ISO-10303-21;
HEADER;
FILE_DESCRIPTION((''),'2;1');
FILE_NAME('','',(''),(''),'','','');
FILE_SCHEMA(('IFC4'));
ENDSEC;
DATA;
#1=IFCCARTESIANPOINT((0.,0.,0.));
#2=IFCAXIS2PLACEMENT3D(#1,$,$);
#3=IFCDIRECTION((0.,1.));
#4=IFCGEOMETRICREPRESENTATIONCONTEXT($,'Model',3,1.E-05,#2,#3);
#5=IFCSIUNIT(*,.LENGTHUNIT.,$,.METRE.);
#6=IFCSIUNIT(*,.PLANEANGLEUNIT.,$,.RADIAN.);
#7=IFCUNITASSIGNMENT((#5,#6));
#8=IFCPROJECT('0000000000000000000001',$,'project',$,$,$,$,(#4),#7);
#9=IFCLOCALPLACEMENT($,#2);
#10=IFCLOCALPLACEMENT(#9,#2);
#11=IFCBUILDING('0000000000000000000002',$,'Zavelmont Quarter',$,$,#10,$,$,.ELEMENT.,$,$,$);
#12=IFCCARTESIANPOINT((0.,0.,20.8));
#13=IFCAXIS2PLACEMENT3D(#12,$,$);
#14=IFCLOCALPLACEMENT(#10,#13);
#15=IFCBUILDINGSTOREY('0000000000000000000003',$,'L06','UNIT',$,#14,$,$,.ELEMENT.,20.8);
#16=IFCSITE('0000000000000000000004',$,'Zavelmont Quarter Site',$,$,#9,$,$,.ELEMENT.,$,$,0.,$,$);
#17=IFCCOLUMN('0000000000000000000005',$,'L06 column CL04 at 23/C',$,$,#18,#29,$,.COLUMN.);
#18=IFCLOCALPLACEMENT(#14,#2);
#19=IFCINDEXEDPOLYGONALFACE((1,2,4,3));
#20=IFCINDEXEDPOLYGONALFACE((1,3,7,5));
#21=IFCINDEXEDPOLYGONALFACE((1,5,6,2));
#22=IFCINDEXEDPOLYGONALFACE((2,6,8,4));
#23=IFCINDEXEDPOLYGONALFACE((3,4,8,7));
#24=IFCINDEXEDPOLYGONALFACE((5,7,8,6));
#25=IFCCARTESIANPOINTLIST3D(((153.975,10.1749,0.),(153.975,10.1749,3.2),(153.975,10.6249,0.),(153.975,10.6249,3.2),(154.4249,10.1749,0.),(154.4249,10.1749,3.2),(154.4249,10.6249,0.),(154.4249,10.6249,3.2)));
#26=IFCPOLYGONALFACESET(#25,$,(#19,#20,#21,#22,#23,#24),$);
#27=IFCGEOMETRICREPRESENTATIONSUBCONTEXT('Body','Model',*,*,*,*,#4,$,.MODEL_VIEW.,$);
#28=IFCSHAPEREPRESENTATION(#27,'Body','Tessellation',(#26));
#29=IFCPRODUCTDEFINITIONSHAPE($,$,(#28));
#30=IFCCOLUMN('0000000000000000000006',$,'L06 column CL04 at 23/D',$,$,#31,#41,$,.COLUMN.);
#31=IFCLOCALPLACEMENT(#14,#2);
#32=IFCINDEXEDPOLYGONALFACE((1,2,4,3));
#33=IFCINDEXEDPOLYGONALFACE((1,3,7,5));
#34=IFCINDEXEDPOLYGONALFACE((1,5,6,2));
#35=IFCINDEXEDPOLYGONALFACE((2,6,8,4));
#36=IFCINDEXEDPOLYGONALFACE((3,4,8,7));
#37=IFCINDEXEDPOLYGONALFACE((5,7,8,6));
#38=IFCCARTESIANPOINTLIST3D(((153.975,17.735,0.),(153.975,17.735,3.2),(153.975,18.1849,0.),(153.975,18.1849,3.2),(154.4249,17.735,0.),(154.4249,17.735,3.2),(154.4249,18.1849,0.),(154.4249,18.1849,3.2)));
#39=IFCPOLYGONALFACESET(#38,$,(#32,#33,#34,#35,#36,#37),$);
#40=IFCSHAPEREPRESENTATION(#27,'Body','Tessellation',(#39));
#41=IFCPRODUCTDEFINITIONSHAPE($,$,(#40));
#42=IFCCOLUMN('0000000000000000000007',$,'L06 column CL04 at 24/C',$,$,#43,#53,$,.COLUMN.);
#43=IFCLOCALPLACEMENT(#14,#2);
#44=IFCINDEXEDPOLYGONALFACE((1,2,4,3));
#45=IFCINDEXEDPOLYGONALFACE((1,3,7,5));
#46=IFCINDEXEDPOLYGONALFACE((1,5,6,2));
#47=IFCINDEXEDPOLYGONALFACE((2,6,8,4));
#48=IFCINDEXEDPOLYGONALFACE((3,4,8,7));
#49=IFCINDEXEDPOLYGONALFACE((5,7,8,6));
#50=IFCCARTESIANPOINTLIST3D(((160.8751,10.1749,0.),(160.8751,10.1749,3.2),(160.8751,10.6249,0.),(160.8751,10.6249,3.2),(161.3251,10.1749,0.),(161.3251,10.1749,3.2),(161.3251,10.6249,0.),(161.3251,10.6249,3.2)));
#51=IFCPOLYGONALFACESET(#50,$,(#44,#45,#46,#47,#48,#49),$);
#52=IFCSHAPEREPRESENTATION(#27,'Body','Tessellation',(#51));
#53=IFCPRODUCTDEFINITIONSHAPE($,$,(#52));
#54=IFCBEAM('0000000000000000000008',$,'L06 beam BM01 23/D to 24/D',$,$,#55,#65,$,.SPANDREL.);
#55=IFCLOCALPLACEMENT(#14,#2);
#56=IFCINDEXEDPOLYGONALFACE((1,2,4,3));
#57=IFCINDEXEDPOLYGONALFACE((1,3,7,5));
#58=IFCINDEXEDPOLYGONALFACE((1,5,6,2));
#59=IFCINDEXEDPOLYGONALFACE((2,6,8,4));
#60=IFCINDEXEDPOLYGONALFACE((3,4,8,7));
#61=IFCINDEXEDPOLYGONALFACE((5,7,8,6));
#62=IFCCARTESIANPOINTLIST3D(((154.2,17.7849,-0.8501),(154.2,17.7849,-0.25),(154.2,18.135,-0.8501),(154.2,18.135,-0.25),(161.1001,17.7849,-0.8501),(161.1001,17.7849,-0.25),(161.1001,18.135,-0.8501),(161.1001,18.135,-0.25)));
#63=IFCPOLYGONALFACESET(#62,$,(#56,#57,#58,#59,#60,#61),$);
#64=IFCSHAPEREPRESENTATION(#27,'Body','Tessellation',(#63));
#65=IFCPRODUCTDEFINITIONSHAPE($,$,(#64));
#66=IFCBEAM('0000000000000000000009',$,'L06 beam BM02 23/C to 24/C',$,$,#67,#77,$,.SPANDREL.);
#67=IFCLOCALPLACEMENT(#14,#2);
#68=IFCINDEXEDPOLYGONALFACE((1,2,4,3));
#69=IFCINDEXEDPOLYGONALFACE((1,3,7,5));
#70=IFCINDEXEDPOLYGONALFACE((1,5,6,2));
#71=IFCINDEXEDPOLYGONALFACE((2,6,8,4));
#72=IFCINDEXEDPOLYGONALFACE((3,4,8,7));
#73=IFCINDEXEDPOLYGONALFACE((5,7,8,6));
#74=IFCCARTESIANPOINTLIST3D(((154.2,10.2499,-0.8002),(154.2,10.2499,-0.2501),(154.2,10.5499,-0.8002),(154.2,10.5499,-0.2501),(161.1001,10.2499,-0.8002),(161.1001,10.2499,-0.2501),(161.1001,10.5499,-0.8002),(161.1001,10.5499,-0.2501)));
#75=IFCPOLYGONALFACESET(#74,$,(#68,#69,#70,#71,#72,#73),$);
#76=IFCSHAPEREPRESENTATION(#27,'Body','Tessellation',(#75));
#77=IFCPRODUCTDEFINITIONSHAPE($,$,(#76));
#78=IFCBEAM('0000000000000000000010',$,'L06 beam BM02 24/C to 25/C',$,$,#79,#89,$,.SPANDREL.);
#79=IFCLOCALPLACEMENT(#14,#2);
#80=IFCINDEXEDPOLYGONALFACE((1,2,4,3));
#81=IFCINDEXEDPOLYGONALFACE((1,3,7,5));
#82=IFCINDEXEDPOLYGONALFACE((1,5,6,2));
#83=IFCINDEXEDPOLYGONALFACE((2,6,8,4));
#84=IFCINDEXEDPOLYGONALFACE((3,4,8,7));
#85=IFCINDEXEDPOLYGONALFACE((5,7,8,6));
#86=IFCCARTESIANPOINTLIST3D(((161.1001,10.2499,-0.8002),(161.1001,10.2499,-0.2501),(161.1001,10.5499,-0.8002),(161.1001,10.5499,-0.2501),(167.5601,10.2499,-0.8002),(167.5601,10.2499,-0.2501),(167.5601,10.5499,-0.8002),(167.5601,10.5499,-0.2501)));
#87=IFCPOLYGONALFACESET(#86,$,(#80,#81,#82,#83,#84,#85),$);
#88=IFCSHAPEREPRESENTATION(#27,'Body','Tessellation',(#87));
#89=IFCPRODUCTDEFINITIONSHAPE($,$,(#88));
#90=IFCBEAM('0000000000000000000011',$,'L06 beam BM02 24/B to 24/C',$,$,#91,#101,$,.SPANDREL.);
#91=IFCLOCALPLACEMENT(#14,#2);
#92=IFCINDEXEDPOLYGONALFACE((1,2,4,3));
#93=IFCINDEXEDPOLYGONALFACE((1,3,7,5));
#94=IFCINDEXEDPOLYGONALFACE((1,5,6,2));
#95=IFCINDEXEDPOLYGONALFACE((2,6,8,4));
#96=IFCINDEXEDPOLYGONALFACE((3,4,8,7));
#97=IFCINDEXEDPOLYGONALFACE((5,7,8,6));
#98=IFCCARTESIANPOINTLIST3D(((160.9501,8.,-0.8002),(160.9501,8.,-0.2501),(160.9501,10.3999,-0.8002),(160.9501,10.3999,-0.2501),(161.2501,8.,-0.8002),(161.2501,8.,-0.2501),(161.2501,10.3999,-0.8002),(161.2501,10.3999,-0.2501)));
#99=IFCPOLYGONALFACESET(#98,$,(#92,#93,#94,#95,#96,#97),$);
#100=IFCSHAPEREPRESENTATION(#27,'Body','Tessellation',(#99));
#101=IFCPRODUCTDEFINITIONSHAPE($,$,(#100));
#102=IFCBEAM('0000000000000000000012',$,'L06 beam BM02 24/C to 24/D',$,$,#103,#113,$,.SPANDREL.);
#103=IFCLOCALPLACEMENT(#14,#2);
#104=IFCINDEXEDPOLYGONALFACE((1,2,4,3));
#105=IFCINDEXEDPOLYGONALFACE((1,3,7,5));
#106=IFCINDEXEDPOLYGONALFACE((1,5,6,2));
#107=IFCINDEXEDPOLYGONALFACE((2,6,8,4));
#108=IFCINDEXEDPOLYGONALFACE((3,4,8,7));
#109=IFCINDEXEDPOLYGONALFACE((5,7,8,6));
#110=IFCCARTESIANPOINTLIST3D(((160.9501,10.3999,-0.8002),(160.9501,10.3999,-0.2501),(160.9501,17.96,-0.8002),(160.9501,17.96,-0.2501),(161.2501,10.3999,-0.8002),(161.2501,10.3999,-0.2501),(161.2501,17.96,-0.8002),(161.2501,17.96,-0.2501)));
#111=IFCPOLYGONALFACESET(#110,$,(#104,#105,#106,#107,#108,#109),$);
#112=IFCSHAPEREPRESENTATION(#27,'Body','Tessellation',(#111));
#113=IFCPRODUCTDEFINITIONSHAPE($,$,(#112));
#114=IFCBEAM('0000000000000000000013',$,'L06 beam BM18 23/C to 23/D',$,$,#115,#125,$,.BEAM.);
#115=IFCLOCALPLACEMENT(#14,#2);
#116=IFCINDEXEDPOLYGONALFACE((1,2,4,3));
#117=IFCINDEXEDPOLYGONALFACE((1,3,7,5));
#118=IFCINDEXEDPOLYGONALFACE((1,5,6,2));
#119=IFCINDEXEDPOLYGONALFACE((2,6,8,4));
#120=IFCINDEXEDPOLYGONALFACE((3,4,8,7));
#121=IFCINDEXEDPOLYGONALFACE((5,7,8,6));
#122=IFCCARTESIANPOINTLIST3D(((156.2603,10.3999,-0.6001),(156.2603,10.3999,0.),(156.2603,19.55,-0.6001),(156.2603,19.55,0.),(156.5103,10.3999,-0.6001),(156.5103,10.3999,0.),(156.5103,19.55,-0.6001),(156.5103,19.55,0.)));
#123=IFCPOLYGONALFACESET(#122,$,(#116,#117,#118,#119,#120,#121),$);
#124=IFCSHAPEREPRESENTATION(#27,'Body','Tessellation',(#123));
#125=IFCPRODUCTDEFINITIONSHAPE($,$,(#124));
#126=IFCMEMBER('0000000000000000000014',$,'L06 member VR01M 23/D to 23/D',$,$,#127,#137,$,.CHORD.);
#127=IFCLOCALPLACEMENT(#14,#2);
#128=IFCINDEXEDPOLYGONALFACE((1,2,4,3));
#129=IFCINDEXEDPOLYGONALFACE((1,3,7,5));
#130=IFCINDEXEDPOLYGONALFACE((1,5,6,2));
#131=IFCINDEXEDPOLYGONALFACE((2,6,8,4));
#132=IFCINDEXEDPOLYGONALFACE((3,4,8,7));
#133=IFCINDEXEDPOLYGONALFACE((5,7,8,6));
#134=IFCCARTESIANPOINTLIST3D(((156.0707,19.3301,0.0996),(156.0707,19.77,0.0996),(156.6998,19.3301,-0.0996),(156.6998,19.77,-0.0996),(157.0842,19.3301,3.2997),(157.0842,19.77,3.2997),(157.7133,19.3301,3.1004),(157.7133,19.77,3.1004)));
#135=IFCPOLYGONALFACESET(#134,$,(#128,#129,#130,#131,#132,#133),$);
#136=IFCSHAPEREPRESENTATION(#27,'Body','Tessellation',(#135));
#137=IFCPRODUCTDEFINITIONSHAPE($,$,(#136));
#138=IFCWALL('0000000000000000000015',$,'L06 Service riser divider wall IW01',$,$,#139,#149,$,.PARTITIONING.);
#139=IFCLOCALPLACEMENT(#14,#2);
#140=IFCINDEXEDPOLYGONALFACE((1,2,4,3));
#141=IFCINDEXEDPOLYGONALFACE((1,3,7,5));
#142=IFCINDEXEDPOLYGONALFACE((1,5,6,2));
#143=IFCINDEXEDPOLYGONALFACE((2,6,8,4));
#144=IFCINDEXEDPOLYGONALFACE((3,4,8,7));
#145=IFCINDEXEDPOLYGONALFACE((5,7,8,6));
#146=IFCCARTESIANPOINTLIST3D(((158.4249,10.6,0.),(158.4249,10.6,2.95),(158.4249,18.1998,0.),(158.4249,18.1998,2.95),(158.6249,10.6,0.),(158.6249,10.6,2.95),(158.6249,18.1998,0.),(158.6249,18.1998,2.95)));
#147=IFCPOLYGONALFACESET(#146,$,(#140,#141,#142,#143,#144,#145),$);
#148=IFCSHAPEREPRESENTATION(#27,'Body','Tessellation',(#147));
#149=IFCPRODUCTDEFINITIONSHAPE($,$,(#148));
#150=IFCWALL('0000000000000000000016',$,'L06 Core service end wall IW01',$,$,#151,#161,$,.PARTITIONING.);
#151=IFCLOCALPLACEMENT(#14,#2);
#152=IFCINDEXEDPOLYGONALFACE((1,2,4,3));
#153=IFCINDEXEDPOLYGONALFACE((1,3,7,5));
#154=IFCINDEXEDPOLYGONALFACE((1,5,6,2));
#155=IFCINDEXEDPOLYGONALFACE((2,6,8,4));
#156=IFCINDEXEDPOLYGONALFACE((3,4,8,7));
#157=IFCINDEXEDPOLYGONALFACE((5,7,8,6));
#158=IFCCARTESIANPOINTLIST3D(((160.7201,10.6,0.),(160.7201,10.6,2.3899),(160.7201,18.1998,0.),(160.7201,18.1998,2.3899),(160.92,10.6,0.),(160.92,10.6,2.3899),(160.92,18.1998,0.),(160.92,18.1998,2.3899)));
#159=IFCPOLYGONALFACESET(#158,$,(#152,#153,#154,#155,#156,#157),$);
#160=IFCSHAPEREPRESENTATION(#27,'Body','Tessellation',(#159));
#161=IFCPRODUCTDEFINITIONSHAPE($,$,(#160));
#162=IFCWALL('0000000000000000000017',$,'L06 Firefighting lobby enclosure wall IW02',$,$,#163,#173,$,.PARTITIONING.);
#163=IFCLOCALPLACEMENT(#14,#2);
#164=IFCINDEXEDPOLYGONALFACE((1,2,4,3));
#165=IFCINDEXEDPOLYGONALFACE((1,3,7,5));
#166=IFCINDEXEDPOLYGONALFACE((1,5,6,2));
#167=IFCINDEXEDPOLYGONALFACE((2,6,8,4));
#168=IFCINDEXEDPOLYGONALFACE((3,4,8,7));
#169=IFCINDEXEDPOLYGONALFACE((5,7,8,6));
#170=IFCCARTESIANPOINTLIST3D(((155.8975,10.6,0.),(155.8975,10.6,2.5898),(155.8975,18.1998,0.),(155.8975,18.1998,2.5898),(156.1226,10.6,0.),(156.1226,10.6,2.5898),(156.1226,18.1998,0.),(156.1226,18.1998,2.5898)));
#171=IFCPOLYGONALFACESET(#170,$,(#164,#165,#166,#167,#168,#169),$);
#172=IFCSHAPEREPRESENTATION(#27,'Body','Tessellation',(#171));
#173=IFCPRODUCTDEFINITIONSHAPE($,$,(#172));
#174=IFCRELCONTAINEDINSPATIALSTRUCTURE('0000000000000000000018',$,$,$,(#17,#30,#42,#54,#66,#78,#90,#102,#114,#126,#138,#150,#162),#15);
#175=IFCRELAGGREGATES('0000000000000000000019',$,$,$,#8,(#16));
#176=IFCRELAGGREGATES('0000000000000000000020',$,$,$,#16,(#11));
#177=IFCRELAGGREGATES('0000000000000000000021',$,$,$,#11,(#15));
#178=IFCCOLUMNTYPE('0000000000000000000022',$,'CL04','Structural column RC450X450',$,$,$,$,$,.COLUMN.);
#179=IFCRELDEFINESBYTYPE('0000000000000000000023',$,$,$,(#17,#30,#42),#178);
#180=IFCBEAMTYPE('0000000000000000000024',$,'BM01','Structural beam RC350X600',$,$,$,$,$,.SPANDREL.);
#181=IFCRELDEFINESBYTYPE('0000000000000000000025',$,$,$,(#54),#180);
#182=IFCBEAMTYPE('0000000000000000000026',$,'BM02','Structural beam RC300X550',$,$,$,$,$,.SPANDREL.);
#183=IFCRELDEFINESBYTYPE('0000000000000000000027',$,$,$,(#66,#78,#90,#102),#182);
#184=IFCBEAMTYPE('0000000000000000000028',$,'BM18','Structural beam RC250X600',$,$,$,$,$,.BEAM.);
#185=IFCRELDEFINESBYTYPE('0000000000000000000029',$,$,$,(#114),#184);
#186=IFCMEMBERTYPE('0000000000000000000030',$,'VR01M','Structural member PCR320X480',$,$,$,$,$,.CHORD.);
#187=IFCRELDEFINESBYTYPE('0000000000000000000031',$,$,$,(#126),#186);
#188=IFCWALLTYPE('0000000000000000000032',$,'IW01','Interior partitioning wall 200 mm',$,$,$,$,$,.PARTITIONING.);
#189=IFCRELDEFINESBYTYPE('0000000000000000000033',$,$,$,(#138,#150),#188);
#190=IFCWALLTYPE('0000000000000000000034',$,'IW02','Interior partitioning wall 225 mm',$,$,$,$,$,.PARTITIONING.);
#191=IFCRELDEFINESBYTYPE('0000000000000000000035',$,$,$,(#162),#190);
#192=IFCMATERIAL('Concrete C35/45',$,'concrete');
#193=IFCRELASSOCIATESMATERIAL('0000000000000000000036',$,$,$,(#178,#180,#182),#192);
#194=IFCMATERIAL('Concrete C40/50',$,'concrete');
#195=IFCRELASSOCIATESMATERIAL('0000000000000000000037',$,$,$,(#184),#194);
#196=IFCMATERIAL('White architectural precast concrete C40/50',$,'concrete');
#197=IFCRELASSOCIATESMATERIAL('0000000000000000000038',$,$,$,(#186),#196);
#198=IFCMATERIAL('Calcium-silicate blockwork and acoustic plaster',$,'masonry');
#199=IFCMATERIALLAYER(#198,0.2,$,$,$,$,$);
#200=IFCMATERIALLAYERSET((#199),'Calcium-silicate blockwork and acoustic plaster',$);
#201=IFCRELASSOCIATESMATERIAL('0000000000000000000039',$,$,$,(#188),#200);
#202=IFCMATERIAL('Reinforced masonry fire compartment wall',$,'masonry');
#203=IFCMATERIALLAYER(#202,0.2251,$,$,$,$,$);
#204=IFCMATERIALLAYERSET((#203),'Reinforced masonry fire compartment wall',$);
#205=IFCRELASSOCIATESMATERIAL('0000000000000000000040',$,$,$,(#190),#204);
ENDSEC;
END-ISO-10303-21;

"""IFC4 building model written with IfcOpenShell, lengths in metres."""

from ifc_helpers import new_model, si_unit, direction, frame, frame_2d, origin, origin_2d, place, context, subcontext, project, spatial, rectangle, extrude, material, layer, layer_set, material_profile, profile_set, type_object, element, save


model = new_model("IFC4")

# Units and contexts
model_context = context("Model", 3, precision=1e-05, world=origin(), true_north=direction((0.0, 1.0)))
body_context = subcontext(model_context, "Body", "Model", "MODEL_VIEW")
ifc_project = project(units=[si_unit("LENGTHUNIT", "METRE"), si_unit("PLANEANGLEUNIT", "RADIAN")], contexts=[model_context])

# Site, building, storey
site_placement = place(None, origin())
site = spatial("IfcSite", under=ifc_project, at=site_placement, Name="Zavelmont Quarter Site", CompositionType="ELEMENT", RefElevation=0.0)
building_placement = place(site_placement, origin())
building = spatial("IfcBuilding", under=site, at=building_placement, Name="Zavelmont Quarter", CompositionType="ELEMENT")
storey_placement = place(building_placement, frame((0.0, 0.0, 20.8)))
storey = spatial("IfcBuildingStorey", under=building, at=storey_placement, Name="L06", Description="UNIT", CompositionType="ELEMENT", Elevation=20.8)

# Columns
ifc_material_1 = material(Name="Concrete C35/45", Category="concrete")
ifc_material_profile_1 = material_profile(ifc_material_1, rectangle(XDim=0.45, YDim=0.45, at=origin_2d()), Name="RC450X450")
ifc_profile_set_1 = profile_set([ifc_material_profile_1], Name="Concrete C35/45")
column_type = type_object("IfcColumnType", Name="CL04", Description="Structural column RC450X450", PredefinedType="COLUMN", material=ifc_profile_set_1)
for number, where, z_axis, x_axis, name in (
    (1, (154.2, 10.3999, 0.0), (0.0, 0.0, 1.0), (1.0, 0.0, 0.0), "L06 column CL04 at 23/C"),
    (2, (154.2, 17.96, 0.0), (0.0, 0.0, 1.0), (1.0, 0.0, 0.0), "L06 column CL04 at 23/D"),
    (3, (161.1001, 10.3999, 0.0), (0.0, 0.0, 1.0), (1.0, 0.0, 0.0), "L06 column CL04 at 24/C"),
):
    element("IfcColumn", number, at=place(storey_placement, frame(where, z_axis=z_axis, x_axis=x_axis)), inside=storey, type_object=column_type, Name=name, PredefinedType="COLUMN", context=body_context, shape_type="SweptSolid", body=[
        extrude(rectangle(XDim=0.45, YDim=0.45, at=origin_2d()), origin(), (0.0, 0.0, 1.0), 3.2),
    ])

# Beams
ifc_material_profile_2 = material_profile(ifc_material_1, rectangle(XDim=0.3501, YDim=0.6001, at=origin_2d()), Name="RC350X600")
ifc_profile_set_2 = profile_set([ifc_material_profile_2], Name="Concrete C35/45")
beam_type_1 = type_object("IfcBeamType", Name="BM01", Description="Structural beam RC350X600", PredefinedType="SPANDREL", material=ifc_profile_set_2)
beam_1_placement = place(storey_placement, frame((154.2, 17.96, -0.55), z_axis=(1.0, 0.0, 0.0), x_axis=(0.0, 1.0, 0.0)))
element("IfcBeam", 4, at=beam_1_placement, inside=storey, type_object=beam_type_1, Name="L06 beam BM01 23/D to 24/D", PredefinedType="SPANDREL", context=body_context, shape_type="SweptSolid", body=[
    extrude(rectangle(XDim=0.3501, YDim=0.6001, at=origin_2d()), origin(), (0.0, 0.0, 1.0), 6.9001),
])
ifc_material_profile_3 = material_profile(ifc_material_1, rectangle(XDim=0.3, YDim=0.55, at=origin_2d()), Name="RC300X550")
ifc_profile_set_3 = profile_set([ifc_material_profile_3], Name="Concrete C35/45")
beam_type_2 = type_object("IfcBeamType", Name="BM02", Description="Structural beam RC300X550", PredefinedType="SPANDREL", material=ifc_profile_set_3)
beam_2_placement = place(storey_placement, frame((154.2, 10.3999, -0.5251), z_axis=(1.0, 0.0, 0.0), x_axis=(0.0, 1.0, 0.0)))
element("IfcBeam", 5, at=beam_2_placement, inside=storey, type_object=beam_type_2, Name="L06 beam BM02 23/C to 24/C", PredefinedType="SPANDREL", context=body_context, shape_type="SweptSolid", body=[
    extrude(rectangle(XDim=0.3, YDim=0.55, at=origin_2d()), origin(), (0.0, 0.0, 1.0), 6.9001),
])
beam_3_placement = place(storey_placement, frame((161.1001, 10.3999, -0.5251), z_axis=(1.0, 0.0, 0.0), x_axis=(0.0, 1.0, 0.0)))
element("IfcBeam", 6, at=beam_3_placement, inside=storey, type_object=beam_type_2, Name="L06 beam BM02 24/C to 25/C", PredefinedType="SPANDREL", context=body_context, shape_type="SweptSolid", body=[
    extrude(rectangle(XDim=0.3, YDim=0.55, at=origin_2d()), origin(), (0.0, 0.0, 1.0), 6.46),
])
beam_4_placement = place(storey_placement, frame((161.1001, 8.0, -0.5251), z_axis=(0.0, 1.0, 0.0), x_axis=(-1.0, 0.0, 0.0)))
element("IfcBeam", 7, at=beam_4_placement, inside=storey, type_object=beam_type_2, Name="L06 beam BM02 24/B to 24/C", PredefinedType="SPANDREL", context=body_context, shape_type="SweptSolid", body=[
    extrude(rectangle(XDim=0.3, YDim=0.55, at=origin_2d()), origin(), (0.0, 0.0, 1.0), 2.3999),
])
beam_5_placement = place(storey_placement, frame((161.1001, 10.3999, -0.5251), z_axis=(0.0, 1.0, 0.0), x_axis=(-1.0, 0.0, 0.0)))
element("IfcBeam", 8, at=beam_5_placement, inside=storey, type_object=beam_type_2, Name="L06 beam BM02 24/C to 24/D", PredefinedType="SPANDREL", context=body_context, shape_type="SweptSolid", body=[
    extrude(rectangle(XDim=0.3, YDim=0.55, at=origin_2d()), origin(), (0.0, 0.0, 1.0), 7.5601),
])
ifc_material_2 = material(Name="Concrete C40/50", Category="concrete")
ifc_material_profile_4 = material_profile(ifc_material_2, rectangle(XDim=0.25, YDim=0.6001, at=origin_2d()), Name="RC250X600")
ifc_profile_set_4 = profile_set([ifc_material_profile_4], Name="Concrete C40/50")
beam_type_3 = type_object("IfcBeamType", Name="BM18", Description="Structural beam RC250X600", PredefinedType="BEAM", material=ifc_profile_set_4)
beam_6_placement = place(storey_placement, frame((156.3853, 10.3999, -0.3), z_axis=(0.0, 1.0, 0.0), x_axis=(-1.0, 0.0, 0.0)))
element("IfcBeam", 9, at=beam_6_placement, inside=storey, type_object=beam_type_3, Name="L06 beam BM18 23/C to 23/D", PredefinedType="BEAM", context=body_context, shape_type="SweptSolid", body=[
    extrude(rectangle(XDim=0.25, YDim=0.6001, at=origin_2d()), origin(), (0.0, 0.0, 1.0), 9.1501),
])

# Member
ifc_material_3 = material(Name="White architectural precast concrete C40/50", Category="concrete")
ifc_material_profile_5 = material_profile(ifc_material_3, rectangle(XDim=0.4399, YDim=0.6599, at=origin_2d()), Name="PCR320X480")
ifc_profile_set_5 = profile_set([ifc_material_profile_5], Name="White architectural precast concrete C40/50")
member_type = type_object("IfcMemberType", Name="VR01M", Description="Structural member PCR320X480", PredefinedType="CHORD", material=ifc_profile_set_5)
member_placement = place(storey_placement, frame((156.3853, 19.55, 0.0), z_axis=(0.301921, 0.0, 0.953333), x_axis=(0.0, 1.0, 0.0)))
element("IfcMember", 10, at=member_placement, inside=storey, type_object=member_type, Name="L06 member VR01M 23/D to 23/D", PredefinedType="CHORD", context=body_context, shape_type="SweptSolid", body=[
    extrude(rectangle(XDim=0.4399, YDim=0.6599, at=origin_2d()), origin(), (0.0, 0.0, 1.0), 3.3567),
])

# Walls
ifc_material_4 = material(Name="Calcium-silicate blockwork and acoustic plaster", Category="masonry")
ifc_layer_1 = layer(ifc_material_4, 0.2)
ifc_layer_set_1 = layer_set([ifc_layer_1], Name="Calcium-silicate blockwork and acoustic plaster")
wall_type_1 = type_object("IfcWallType", Name="IW01", Description="Interior partitioning wall 200 mm", PredefinedType="PARTITIONING", material=ifc_layer_set_1)
wall_1_placement = place(storey_placement, frame((158.5249, 10.6001, 0.0), z_axis=(0.0, 0.0, 1.0), x_axis=(0.0, 1.0, 0.0)))
element("IfcWall", 11, at=wall_1_placement, inside=storey, type_object=wall_type_1, Name="L06 Service riser divider wall IW01", PredefinedType="PARTITIONING", context=body_context, shape_type="SweptSolid", body=[
    extrude(rectangle(XDim=7.5999, YDim=0.2, at=frame_2d((3.7998, 0.0))), origin(), (0.0, 0.0, 1.0), 2.95),
])
wall_2_placement = place(storey_placement, frame((160.8201, 10.6001, 0.0), z_axis=(0.0, 0.0, 1.0), x_axis=(0.0, 1.0, 0.0)))
element("IfcWall", 12, at=wall_2_placement, inside=storey, type_object=wall_type_1, Name="L06 Core service end wall IW01", PredefinedType="PARTITIONING", context=body_context, shape_type="SweptSolid", body=[
    extrude(rectangle(XDim=7.5999, YDim=0.2, at=frame_2d((3.7998, 0.0))), origin(), (0.0, 0.0, 1.0), 2.3899),
])

# Wall
ifc_material_5 = material(Name="Reinforced masonry fire compartment wall", Category="masonry")
ifc_layer_2 = layer(ifc_material_5, 0.2251)
ifc_layer_set_2 = layer_set([ifc_layer_2], Name="Reinforced masonry fire compartment wall")
wall_type_2 = type_object("IfcWallType", Name="IW02", Description="Interior partitioning wall 225 mm", PredefinedType="PARTITIONING", material=ifc_layer_set_2)
wall_3_placement = place(storey_placement, frame((156.01, 10.6001, 0.0), z_axis=(0.0, 0.0, 1.0), x_axis=(0.0, 1.0, 0.0)))
element("IfcWall", 13, at=wall_3_placement, inside=storey, type_object=wall_type_2, Name="L06 Firefighting lobby enclosure wall IW02", PredefinedType="PARTITIONING", context=body_context, shape_type="SweptSolid", body=[
    extrude(rectangle(XDim=7.5999, YDim=0.2251, at=frame_2d((3.7998, 0.0))), origin(), (0.0, 0.0, 1.0), 2.5898),
])

save(model, "model.ifc")
